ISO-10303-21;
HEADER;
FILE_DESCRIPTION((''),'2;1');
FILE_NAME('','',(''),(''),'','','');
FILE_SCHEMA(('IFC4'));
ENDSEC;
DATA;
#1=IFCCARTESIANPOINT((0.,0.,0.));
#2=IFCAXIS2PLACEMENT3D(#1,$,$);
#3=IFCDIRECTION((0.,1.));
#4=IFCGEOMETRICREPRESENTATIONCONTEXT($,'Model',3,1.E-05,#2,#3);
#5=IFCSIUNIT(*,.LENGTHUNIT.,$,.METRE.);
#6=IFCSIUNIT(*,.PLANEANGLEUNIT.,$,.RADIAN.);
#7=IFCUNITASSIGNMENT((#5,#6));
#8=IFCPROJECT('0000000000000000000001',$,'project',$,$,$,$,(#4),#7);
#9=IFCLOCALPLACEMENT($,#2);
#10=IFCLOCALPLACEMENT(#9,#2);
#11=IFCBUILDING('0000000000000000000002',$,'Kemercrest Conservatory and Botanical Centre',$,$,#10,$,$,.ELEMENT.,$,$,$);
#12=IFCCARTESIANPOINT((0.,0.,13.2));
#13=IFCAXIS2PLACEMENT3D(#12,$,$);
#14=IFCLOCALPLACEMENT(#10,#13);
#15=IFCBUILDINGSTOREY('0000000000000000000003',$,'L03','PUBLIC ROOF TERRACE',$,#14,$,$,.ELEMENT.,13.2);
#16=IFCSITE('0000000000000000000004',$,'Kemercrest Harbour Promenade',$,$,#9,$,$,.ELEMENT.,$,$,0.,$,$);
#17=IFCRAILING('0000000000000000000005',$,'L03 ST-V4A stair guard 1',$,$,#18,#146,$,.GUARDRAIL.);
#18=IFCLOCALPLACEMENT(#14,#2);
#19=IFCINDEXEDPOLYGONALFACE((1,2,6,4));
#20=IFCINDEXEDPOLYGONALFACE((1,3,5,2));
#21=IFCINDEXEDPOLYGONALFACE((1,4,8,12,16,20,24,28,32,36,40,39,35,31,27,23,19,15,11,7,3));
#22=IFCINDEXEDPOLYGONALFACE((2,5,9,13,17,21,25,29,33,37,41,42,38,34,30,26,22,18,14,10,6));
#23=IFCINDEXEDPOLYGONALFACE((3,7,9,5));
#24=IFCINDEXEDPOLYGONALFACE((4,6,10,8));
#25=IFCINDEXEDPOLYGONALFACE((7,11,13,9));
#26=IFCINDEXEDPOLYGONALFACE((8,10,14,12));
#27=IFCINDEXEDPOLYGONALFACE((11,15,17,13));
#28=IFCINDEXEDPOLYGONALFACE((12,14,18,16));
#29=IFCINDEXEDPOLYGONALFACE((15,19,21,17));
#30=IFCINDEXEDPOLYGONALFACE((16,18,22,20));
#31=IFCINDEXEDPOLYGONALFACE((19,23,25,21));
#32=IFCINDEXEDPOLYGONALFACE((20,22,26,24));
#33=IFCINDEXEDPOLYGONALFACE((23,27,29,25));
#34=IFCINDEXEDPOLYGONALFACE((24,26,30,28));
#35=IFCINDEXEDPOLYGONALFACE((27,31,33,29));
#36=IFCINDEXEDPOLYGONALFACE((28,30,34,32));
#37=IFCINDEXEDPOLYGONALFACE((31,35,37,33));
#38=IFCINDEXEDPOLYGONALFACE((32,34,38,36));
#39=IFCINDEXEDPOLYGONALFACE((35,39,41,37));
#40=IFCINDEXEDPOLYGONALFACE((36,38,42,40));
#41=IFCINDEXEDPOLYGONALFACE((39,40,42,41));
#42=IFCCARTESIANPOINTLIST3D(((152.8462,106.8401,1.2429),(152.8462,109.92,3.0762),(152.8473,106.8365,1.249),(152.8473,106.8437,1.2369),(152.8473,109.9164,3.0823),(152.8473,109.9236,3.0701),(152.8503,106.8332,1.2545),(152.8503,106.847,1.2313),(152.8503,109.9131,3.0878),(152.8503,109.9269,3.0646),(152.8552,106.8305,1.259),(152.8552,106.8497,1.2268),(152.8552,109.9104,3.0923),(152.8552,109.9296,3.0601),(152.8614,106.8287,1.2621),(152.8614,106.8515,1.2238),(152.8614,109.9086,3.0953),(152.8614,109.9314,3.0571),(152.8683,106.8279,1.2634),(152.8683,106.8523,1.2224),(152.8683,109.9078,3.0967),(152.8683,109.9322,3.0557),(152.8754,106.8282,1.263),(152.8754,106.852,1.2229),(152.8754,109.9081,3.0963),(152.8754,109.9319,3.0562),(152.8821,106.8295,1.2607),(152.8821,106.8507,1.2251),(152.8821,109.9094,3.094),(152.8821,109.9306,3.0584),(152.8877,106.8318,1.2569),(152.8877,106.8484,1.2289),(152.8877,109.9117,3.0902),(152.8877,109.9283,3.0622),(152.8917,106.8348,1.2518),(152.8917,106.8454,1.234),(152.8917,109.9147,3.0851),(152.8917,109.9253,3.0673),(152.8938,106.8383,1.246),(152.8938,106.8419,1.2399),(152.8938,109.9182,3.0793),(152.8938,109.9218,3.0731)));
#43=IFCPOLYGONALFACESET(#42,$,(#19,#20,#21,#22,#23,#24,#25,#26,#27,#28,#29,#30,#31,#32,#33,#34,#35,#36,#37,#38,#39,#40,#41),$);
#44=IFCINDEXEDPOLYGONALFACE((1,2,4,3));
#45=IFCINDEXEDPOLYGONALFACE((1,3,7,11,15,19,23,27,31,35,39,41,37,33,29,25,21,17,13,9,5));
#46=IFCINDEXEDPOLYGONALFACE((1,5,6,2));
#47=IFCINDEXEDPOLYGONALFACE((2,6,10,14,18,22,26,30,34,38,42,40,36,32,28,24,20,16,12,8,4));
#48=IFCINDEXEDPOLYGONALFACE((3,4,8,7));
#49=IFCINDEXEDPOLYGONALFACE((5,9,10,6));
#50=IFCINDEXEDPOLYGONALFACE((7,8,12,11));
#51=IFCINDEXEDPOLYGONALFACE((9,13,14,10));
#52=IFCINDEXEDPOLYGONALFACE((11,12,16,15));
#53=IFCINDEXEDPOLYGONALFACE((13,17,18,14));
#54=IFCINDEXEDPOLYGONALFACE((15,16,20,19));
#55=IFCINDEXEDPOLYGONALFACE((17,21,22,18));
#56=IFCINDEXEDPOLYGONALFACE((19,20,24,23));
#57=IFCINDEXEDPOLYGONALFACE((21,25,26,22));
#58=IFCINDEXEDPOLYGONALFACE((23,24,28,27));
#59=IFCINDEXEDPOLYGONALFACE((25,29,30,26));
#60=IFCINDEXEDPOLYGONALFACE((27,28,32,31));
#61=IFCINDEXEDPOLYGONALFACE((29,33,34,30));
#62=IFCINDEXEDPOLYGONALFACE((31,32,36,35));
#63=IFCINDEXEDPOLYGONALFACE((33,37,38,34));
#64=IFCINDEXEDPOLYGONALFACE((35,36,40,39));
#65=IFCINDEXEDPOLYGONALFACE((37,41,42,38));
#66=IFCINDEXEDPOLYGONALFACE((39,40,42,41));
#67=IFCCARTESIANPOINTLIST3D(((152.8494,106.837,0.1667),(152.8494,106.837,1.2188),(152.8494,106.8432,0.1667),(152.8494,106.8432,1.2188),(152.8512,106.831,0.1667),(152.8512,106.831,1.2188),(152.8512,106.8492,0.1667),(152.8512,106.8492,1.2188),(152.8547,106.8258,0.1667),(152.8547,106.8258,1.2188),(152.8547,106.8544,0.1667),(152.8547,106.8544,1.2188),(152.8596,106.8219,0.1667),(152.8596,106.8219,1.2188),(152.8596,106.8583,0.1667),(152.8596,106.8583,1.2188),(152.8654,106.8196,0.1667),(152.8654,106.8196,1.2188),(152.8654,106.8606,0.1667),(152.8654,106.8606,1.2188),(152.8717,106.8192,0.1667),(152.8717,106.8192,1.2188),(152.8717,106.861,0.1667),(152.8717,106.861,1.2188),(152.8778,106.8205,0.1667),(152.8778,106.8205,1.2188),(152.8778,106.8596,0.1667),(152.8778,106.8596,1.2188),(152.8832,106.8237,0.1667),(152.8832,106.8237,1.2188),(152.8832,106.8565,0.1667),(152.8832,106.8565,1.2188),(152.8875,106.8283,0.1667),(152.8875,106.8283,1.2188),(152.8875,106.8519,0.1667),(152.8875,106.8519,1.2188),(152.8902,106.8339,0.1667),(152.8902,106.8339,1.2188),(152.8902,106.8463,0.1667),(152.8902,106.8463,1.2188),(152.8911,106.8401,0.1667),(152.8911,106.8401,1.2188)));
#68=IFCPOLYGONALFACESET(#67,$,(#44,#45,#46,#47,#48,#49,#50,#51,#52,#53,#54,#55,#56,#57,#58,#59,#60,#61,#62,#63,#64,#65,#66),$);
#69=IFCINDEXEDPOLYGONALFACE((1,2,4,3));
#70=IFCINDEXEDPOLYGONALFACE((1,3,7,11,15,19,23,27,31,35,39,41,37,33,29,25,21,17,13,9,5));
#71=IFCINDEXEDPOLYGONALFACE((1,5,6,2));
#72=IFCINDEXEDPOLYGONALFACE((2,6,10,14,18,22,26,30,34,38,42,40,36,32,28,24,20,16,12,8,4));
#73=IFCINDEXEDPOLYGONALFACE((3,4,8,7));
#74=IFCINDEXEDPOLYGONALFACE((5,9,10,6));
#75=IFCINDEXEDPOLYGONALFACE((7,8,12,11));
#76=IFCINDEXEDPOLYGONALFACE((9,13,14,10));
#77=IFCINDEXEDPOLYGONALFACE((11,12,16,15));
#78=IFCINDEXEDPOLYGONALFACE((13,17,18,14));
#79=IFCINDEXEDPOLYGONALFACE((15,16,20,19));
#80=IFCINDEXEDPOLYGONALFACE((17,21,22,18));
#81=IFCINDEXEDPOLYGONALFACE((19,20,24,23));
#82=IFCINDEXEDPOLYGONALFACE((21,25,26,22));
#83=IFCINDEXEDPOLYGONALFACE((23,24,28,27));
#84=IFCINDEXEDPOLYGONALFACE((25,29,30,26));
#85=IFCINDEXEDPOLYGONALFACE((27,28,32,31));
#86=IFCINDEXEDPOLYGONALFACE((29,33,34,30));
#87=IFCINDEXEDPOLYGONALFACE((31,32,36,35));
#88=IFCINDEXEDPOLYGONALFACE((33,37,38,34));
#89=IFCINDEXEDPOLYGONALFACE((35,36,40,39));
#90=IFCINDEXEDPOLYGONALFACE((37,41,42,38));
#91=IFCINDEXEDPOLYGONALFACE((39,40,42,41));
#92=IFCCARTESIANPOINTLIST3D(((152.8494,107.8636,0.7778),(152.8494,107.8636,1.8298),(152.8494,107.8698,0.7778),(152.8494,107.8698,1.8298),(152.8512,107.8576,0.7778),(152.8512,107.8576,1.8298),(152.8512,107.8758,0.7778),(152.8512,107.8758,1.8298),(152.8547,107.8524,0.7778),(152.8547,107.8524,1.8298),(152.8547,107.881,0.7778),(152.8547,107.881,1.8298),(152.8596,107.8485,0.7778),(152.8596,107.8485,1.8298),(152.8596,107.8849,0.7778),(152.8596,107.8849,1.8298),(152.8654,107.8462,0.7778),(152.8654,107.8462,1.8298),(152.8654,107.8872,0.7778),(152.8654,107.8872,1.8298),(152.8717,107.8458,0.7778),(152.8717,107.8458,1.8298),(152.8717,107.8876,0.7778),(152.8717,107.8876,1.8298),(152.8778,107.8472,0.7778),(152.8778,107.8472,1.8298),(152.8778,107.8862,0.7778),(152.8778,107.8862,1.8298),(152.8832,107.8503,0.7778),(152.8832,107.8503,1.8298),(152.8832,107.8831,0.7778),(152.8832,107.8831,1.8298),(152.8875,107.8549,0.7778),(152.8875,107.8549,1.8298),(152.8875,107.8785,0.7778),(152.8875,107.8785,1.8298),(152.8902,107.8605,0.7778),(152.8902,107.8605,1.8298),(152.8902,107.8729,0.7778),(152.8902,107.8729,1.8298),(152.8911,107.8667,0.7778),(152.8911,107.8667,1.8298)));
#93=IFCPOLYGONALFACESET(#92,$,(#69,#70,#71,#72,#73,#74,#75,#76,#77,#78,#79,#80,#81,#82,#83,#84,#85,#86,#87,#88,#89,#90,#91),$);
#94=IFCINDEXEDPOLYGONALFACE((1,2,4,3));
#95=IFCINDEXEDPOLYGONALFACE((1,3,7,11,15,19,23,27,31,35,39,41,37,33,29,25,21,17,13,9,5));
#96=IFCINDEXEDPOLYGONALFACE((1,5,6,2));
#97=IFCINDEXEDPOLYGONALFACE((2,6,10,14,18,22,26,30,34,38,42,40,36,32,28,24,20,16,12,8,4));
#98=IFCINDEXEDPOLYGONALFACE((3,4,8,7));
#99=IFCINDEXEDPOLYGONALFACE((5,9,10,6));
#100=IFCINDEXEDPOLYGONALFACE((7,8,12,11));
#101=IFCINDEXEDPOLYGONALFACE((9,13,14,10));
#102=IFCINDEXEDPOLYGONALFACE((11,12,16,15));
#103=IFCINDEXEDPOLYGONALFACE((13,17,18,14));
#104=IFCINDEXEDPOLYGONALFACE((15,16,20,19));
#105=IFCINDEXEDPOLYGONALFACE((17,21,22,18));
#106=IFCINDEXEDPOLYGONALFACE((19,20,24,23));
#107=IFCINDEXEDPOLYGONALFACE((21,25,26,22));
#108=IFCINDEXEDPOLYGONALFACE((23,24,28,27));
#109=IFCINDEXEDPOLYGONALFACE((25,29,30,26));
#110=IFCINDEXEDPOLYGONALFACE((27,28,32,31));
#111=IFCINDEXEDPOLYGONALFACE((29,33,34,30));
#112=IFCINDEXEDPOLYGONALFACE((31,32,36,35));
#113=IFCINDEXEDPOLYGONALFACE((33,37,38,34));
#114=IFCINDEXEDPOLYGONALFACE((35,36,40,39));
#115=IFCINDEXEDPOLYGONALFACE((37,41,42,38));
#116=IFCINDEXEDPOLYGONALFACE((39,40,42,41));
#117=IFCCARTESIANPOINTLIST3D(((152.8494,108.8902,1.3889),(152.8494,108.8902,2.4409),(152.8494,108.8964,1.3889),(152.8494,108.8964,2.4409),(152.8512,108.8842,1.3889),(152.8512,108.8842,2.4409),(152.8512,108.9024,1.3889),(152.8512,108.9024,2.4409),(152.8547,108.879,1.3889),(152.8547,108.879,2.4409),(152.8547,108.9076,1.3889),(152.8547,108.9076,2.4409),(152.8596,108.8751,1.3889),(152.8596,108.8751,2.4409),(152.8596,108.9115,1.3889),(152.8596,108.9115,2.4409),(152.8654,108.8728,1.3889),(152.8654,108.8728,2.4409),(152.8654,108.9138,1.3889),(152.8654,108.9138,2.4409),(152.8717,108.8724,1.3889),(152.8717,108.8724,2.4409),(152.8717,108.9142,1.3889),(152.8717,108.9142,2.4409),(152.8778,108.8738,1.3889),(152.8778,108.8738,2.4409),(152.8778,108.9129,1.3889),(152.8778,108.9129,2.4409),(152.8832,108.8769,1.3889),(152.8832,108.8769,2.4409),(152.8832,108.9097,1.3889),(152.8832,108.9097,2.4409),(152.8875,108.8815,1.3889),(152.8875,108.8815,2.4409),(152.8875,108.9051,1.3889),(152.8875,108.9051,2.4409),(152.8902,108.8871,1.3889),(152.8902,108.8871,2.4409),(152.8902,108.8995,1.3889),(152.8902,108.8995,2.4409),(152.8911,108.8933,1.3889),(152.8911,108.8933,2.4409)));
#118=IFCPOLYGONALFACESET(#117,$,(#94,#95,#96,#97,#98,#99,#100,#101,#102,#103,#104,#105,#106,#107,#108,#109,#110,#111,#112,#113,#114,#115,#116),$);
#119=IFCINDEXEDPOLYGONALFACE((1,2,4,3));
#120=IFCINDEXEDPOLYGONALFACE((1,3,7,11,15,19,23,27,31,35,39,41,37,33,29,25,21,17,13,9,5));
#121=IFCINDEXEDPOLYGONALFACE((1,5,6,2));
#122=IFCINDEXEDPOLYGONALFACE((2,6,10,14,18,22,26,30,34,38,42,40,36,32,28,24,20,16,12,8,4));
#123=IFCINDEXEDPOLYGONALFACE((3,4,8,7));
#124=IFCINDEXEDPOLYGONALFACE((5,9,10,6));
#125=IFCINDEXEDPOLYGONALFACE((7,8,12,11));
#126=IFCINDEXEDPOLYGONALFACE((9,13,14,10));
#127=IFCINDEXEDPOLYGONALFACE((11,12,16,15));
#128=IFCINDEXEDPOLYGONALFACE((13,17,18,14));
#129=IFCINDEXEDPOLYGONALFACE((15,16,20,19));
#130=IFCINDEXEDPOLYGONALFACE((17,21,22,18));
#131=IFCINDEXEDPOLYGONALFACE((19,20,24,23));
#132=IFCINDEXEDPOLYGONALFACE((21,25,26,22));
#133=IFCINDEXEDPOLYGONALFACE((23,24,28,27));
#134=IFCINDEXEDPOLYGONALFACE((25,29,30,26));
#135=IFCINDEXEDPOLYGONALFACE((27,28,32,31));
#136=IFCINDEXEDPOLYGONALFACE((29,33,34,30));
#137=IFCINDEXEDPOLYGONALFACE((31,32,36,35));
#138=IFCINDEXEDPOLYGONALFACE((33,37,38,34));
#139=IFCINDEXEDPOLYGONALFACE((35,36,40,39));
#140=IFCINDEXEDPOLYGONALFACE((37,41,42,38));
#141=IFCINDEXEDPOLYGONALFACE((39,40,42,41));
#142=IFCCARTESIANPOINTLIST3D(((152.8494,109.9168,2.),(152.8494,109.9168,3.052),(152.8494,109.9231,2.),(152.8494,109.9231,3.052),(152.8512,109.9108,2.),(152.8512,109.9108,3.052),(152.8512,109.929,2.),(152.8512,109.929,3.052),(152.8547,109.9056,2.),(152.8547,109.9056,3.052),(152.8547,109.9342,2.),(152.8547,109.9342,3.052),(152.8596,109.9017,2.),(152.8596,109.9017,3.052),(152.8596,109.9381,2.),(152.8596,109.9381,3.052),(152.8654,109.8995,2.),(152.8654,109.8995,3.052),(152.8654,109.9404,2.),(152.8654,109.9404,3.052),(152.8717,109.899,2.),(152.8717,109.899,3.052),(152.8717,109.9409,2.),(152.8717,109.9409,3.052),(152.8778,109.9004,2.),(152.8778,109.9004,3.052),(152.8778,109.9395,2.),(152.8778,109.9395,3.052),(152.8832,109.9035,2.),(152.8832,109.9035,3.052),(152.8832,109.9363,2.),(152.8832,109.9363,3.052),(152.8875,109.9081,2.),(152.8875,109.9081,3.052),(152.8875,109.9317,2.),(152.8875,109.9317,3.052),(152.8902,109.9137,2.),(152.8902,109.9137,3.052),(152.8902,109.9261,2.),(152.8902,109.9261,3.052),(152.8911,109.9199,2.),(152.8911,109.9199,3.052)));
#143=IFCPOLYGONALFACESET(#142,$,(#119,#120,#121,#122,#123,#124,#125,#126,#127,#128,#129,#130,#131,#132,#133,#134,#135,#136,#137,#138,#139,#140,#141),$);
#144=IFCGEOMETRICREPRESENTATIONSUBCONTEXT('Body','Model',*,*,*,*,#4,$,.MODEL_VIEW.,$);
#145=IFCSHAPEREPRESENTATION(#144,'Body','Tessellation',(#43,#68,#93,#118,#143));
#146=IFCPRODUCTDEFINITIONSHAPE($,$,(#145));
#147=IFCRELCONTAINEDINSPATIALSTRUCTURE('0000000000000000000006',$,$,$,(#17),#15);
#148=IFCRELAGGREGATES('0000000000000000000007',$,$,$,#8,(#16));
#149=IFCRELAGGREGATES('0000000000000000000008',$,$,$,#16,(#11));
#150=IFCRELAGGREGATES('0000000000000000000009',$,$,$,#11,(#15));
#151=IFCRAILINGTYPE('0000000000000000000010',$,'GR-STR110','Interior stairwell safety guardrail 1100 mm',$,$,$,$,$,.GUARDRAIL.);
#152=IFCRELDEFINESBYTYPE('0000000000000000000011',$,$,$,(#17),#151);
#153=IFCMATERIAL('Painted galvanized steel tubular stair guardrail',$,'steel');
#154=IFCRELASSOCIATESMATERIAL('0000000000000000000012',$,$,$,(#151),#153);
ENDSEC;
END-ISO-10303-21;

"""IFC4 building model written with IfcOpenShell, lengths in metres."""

from ifc_helpers import new_model, si_unit, direction, frame, origin, origin_2d, place, context, subcontext, project, spatial, circle, extrude, material, type_object, element, save


model = new_model("IFC4")

# Units and contexts
model_context = context("Model", 3, precision=1e-05, world=origin(), true_north=direction((0.0, 1.0)))
body_context = subcontext(model_context, "Body", "Model", "MODEL_VIEW")
ifc_project = project(units=[si_unit("LENGTHUNIT", "METRE"), si_unit("PLANEANGLEUNIT", "RADIAN")], contexts=[model_context])

# Site, building, storey
site_placement = place(None, origin())
site = spatial("IfcSite", under=ifc_project, at=site_placement, Name="Kemercrest Harbour Promenade", CompositionType="ELEMENT", RefElevation=0.0)
building_placement = place(site_placement, origin())
building = spatial("IfcBuilding", under=site, at=building_placement, Name="Kemercrest Conservatory and Botanical Centre", CompositionType="ELEMENT")
storey_placement = place(building_placement, frame((0.0, 0.0, 13.2)))
storey = spatial("IfcBuildingStorey", under=building, at=storey_placement, Name="L03", Description="PUBLIC ROOF TERRACE", CompositionType="ELEMENT", Elevation=13.2)

# Railing
ifc_material_1 = material(Name="Painted galvanized steel tubular stair guardrail", Category="steel")
railing_type_1 = type_object("IfcRailingType", Name="GR-STR110", Description="Interior stairwell safety guardrail 1100 mm", PredefinedType="GUARDRAIL", material=ifc_material_1)
railing_1_placement = place(storey_placement, frame((152.8701, 106.8401, 0.1667)))
element("IfcRailing", 1, at=railing_1_placement, inside=storey, type_object=railing_type_1, Name="L03 ST-V4A stair guard 1", PredefinedType="GUARDRAIL", context=body_context, shape_type="SweptSolid", body=[
    extrude(circle(Radius=0.0239, at=origin_2d()), frame((0.0, 0.0, 1.0762), z_axis=(0.0, 0.859291, 0.511487), x_axis=(-1.0, 0.0, 0.0)), (0.0, 0.0, 1.0), 3.5842),
    extrude(circle(Radius=0.021, at=origin_2d()), origin(), (0.0, 0.0, 1.0), 1.052),
    extrude(circle(Radius=0.021, at=origin_2d()), frame((0.0, 1.0266, 0.6111)), (0.0, 0.0, 1.0), 1.052),
    extrude(circle(Radius=0.021, at=origin_2d()), frame((0.0, 2.0532, 1.2222)), (0.0, 0.0, 1.0), 1.052),
    extrude(circle(Radius=0.021, at=origin_2d()), frame((0.0, 3.0798, 1.8333)), (0.0, 0.0, 1.0), 1.052),
])

save(model, "model.ifc")
